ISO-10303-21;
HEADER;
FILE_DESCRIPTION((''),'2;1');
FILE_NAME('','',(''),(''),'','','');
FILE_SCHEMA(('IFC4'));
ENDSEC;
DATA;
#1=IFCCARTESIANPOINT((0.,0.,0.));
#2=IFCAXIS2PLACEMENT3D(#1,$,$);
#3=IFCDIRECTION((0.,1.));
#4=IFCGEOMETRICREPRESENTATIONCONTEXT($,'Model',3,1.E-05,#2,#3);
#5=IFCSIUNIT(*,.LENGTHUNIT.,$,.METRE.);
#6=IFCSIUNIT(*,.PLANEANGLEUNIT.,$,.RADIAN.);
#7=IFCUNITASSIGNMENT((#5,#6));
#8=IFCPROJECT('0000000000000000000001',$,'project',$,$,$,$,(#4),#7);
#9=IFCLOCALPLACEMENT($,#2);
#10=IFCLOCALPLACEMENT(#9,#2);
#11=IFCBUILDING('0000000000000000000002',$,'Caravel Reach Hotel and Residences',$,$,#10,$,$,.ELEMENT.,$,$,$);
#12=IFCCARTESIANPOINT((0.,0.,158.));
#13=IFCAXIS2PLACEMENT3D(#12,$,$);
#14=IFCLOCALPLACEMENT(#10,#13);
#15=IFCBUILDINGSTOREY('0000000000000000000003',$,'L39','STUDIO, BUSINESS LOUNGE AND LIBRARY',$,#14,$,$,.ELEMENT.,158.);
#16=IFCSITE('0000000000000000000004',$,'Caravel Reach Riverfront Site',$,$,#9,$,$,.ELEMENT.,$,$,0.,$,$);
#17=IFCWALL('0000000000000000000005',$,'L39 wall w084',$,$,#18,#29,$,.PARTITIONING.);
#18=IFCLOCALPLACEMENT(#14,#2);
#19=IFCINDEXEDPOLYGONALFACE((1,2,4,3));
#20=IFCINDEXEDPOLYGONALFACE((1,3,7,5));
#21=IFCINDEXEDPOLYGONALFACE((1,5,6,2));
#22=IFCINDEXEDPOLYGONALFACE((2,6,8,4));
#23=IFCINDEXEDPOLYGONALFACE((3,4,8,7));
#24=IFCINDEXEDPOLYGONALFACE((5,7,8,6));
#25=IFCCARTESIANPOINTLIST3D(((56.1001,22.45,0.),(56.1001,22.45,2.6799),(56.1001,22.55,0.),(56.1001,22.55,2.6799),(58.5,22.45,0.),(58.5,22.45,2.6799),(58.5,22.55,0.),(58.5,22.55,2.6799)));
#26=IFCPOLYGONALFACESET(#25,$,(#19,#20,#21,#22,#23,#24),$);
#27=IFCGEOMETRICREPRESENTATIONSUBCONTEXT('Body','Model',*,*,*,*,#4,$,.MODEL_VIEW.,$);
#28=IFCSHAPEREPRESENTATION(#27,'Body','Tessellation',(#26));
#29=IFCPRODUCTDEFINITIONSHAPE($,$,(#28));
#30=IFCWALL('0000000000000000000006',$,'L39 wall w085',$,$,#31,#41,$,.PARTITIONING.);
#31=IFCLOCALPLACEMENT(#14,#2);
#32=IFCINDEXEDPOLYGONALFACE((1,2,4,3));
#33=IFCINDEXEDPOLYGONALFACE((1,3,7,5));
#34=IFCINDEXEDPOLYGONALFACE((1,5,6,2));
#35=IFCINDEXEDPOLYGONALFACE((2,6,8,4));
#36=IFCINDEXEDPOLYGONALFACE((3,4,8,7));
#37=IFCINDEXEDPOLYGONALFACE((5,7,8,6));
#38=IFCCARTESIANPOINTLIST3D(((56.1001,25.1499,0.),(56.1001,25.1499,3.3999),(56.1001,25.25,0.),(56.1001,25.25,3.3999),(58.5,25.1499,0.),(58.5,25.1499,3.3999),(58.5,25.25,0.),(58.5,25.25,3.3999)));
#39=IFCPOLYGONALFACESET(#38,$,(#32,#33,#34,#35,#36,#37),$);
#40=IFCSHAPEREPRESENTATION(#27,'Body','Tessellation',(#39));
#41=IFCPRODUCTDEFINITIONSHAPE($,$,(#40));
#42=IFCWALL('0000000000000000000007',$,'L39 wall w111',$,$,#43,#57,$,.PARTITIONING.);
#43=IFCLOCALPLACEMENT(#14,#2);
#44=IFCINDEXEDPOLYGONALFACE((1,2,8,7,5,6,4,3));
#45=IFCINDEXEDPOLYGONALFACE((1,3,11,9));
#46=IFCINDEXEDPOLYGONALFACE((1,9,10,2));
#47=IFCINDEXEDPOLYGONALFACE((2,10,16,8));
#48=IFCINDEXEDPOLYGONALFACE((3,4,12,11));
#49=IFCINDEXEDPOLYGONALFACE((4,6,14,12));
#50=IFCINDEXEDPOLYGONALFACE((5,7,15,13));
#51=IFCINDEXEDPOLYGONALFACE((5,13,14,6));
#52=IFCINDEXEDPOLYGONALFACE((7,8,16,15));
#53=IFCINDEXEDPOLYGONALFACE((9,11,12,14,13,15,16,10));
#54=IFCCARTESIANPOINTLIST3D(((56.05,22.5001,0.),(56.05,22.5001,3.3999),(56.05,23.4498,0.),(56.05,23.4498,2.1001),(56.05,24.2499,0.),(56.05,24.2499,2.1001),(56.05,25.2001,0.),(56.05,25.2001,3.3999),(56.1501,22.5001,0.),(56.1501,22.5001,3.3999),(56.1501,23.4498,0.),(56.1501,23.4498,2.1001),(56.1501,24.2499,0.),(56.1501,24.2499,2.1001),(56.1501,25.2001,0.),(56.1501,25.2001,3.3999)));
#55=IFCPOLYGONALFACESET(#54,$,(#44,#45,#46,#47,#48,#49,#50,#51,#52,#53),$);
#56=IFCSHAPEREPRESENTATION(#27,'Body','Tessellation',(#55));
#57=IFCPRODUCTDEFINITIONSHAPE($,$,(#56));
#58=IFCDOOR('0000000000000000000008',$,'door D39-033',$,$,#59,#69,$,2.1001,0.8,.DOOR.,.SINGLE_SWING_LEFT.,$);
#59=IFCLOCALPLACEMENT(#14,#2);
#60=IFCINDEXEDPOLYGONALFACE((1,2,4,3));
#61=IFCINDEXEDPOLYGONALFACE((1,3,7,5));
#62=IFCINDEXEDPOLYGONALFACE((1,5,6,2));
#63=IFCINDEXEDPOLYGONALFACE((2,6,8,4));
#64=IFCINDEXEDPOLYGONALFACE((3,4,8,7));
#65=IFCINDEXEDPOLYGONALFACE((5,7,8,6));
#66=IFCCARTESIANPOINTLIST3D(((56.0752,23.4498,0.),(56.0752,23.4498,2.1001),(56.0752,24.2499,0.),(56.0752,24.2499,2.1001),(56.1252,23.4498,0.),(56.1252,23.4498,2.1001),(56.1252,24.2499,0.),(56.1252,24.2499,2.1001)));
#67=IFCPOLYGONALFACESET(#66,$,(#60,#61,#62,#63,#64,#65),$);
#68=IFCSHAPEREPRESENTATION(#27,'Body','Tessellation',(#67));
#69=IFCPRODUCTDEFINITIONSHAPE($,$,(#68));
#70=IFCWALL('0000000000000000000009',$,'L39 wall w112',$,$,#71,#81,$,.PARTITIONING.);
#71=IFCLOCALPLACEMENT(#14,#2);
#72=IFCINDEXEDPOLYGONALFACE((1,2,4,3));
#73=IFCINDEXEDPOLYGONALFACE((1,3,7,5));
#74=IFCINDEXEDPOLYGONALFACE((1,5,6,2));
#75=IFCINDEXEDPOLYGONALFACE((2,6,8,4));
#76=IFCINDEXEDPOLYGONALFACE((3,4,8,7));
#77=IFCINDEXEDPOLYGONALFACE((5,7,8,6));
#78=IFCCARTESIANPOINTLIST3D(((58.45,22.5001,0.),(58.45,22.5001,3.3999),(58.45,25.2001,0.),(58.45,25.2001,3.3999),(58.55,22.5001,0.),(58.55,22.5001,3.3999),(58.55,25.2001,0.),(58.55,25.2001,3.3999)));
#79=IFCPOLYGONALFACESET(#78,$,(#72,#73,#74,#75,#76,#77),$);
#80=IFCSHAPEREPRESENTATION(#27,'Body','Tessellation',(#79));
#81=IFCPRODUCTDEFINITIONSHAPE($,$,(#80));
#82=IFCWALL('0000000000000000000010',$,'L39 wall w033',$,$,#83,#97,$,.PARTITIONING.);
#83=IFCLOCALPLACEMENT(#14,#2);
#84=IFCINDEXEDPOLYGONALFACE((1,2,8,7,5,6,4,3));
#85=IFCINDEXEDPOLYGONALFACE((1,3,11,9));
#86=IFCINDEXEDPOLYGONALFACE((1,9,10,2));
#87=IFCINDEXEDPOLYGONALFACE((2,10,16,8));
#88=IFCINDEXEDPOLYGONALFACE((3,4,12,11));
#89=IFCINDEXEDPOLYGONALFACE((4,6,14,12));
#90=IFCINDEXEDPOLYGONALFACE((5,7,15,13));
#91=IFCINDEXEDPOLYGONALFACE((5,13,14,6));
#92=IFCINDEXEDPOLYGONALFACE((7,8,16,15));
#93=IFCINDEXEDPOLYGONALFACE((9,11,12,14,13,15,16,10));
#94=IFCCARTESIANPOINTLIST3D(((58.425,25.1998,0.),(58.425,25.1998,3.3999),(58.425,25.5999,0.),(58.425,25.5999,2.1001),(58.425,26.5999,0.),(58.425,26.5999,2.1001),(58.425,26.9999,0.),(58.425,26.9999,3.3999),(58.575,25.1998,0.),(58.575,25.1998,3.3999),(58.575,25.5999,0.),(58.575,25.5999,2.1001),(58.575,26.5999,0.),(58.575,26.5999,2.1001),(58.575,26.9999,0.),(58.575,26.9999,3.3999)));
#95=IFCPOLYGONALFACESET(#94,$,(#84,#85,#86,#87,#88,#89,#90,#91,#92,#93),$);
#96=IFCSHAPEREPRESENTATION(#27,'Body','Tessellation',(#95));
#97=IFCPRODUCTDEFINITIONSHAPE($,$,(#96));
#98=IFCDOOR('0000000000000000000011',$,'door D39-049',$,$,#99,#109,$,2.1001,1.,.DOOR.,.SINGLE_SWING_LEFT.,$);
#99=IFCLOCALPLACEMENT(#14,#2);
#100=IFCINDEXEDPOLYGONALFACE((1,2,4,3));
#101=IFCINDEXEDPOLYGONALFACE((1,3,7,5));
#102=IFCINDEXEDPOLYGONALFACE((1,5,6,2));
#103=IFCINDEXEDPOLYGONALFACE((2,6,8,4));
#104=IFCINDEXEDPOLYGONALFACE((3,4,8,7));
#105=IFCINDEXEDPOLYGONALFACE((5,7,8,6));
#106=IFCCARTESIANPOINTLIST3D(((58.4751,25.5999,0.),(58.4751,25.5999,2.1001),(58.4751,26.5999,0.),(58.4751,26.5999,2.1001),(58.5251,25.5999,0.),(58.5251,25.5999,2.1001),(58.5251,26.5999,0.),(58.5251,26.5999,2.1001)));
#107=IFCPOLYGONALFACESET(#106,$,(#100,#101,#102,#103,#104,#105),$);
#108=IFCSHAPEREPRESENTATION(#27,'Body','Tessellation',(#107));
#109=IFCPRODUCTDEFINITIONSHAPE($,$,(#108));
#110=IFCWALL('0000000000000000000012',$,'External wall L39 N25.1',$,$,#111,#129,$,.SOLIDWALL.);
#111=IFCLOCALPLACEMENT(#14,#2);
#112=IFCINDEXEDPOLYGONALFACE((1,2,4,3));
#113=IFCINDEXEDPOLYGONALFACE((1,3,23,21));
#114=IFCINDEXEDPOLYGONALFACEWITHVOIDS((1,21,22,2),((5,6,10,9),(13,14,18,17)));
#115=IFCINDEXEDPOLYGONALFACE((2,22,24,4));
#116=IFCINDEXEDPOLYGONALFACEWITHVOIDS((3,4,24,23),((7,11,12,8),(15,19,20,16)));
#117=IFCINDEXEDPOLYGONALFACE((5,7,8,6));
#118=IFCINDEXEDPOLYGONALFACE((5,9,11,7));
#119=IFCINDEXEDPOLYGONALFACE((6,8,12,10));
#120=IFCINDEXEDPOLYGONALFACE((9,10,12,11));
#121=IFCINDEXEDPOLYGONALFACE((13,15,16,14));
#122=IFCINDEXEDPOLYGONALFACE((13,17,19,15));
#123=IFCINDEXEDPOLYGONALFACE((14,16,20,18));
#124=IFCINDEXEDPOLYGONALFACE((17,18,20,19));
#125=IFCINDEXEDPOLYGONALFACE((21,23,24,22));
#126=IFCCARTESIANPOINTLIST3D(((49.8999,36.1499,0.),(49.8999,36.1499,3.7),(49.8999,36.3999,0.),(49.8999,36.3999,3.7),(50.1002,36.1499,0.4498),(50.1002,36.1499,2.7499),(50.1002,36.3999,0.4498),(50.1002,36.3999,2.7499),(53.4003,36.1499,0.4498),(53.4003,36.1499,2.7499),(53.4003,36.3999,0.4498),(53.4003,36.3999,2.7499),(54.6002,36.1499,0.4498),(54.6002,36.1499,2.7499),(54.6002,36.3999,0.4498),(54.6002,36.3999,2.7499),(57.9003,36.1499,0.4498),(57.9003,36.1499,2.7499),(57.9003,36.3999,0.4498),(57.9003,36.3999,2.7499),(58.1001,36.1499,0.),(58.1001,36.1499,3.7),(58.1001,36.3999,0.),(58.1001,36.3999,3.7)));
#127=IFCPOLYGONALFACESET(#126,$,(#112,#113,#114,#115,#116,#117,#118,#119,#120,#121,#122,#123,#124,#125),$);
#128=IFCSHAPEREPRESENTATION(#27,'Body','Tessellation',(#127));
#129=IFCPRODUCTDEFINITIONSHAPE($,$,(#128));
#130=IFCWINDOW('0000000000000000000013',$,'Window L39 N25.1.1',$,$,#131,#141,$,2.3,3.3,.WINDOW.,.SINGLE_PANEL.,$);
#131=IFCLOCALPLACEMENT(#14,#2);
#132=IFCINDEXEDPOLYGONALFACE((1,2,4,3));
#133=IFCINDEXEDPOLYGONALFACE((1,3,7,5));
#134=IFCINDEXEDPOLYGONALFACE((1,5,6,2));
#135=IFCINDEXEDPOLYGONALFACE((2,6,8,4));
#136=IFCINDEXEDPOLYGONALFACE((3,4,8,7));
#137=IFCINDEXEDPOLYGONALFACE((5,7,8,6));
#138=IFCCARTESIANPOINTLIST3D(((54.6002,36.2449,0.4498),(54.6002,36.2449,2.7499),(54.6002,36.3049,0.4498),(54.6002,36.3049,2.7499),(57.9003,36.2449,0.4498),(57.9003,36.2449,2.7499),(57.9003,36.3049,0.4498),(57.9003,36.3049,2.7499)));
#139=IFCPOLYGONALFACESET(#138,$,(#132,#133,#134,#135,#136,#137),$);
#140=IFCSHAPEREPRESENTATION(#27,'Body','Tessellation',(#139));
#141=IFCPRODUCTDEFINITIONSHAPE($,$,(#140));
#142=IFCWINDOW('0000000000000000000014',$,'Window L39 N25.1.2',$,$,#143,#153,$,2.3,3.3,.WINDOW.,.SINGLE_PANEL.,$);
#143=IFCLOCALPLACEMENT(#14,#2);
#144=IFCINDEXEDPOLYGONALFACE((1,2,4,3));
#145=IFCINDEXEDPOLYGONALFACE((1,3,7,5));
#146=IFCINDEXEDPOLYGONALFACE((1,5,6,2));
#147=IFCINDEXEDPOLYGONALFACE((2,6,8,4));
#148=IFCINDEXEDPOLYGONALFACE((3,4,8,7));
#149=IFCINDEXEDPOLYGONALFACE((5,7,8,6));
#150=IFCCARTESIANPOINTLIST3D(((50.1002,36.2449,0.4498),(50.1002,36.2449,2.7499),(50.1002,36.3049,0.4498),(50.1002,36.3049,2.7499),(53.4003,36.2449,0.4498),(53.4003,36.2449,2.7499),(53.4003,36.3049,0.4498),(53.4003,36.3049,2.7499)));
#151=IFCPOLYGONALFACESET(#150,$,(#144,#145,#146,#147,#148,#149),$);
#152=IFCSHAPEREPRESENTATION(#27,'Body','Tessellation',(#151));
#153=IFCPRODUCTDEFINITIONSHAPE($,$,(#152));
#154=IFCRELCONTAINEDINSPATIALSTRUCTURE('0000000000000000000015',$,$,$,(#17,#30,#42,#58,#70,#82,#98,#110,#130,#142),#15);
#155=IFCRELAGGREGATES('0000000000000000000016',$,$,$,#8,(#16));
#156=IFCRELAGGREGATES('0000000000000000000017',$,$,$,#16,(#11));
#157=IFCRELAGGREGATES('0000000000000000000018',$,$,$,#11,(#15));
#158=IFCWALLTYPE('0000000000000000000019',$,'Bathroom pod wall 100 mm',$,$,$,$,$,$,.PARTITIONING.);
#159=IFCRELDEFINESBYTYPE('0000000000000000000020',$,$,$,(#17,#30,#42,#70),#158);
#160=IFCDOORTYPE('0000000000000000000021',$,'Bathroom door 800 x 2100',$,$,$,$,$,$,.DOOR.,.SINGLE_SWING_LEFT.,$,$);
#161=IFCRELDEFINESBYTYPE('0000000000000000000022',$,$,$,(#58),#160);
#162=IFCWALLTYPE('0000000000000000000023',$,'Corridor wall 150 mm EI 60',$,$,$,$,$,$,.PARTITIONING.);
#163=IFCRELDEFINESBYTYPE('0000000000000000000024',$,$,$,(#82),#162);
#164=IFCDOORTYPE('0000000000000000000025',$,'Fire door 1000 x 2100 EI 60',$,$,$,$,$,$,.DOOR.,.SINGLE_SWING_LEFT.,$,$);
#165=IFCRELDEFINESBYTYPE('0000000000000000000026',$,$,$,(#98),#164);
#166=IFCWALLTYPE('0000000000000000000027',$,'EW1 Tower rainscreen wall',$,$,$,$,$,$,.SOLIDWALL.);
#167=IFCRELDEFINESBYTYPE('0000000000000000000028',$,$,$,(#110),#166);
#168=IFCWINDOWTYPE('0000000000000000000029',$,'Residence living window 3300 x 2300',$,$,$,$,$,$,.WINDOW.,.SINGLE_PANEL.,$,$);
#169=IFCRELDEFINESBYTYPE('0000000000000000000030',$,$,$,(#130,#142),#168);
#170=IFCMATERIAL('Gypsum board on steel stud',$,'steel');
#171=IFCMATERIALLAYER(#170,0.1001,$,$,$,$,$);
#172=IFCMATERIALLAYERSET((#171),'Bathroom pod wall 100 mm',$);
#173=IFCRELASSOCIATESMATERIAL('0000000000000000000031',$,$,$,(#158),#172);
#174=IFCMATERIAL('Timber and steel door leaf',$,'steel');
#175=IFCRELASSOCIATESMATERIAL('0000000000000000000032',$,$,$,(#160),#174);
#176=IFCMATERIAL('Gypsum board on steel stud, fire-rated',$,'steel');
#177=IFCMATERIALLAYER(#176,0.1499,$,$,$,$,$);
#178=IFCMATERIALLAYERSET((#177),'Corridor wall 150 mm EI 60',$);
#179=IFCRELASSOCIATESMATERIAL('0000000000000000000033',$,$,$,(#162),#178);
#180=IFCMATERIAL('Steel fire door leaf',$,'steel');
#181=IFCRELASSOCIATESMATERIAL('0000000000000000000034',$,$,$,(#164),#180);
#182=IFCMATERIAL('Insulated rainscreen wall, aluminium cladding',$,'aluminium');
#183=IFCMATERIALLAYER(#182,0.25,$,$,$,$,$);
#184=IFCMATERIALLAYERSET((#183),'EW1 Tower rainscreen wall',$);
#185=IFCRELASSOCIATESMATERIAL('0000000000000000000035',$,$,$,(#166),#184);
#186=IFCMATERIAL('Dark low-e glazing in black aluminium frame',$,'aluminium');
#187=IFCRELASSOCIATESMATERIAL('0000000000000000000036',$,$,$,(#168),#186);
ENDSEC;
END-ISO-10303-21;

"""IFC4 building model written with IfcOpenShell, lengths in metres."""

from ifc_helpers import new_model, si_unit, direction, frame, frame_2d, origin, place, context, subcontext, project, spatial, rectangle, extrude, material, layer, layer_set, type_object, element, fill, save


model = new_model("IFC4")

# Units and contexts
model_context = context("Model", 3, precision=1e-05, world=origin(), true_north=direction((0.0, 1.0)))
body_context = subcontext(model_context, "Body", "Model", "MODEL_VIEW")
ifc_project = project(units=[si_unit("LENGTHUNIT", "METRE"), si_unit("PLANEANGLEUNIT", "RADIAN")], contexts=[model_context])

# Site, building, storey
site_placement = place(None, origin())
site = spatial("IfcSite", under=ifc_project, at=site_placement, Name="Caravel Reach Riverfront Site", CompositionType="ELEMENT", RefElevation=0.0)
building_placement = place(site_placement, origin())
building = spatial("IfcBuilding", under=site, at=building_placement, Name="Caravel Reach Hotel and Residences", CompositionType="ELEMENT")
storey_placement = place(building_placement, frame((0.0, 0.0, 158.0)))
storey = spatial("IfcBuildingStorey", under=building, at=storey_placement, Name="L39", Description="STUDIO, BUSINESS LOUNGE AND LIBRARY", CompositionType="ELEMENT", Elevation=158.0)

# Walls
ifc_material_1 = material(Name="Gypsum board on steel stud", Category="steel")
ifc_layer_1 = layer(ifc_material_1, 0.1001)
ifc_layer_set_1 = layer_set([ifc_layer_1], Name="Bathroom pod wall 100 mm")
wall_type_1 = type_object("IfcWallType", Name="Bathroom pod wall 100 mm", PredefinedType="PARTITIONING", material=ifc_layer_set_1)
wall_1_placement = place(storey_placement, frame((56.1001, 22.5, 0.0), z_axis=(0.0, 0.0, 1.0), x_axis=(1.0, 0.0, 0.0)))
element("IfcWall", 1, at=wall_1_placement, inside=storey, type_object=wall_type_1, Name="L39 wall w084", PredefinedType="PARTITIONING", context=body_context, shape_type="SweptSolid", body=[
    extrude(rectangle(XDim=2.3999, YDim=0.1001, at=frame_2d((1.2, 0.0))), origin(), (0.0, 0.0, 1.0), 2.6799),
])
wall_2_placement = place(storey_placement, frame((56.1001, 25.2, 0.0), z_axis=(0.0, 0.0, 1.0), x_axis=(1.0, 0.0, 0.0)))
element("IfcWall", 2, at=wall_2_placement, inside=storey, type_object=wall_type_1, Name="L39 wall w085", PredefinedType="PARTITIONING", context=body_context, shape_type="SweptSolid", body=[
    extrude(rectangle(XDim=2.3999, YDim=0.1001, at=frame_2d((1.2, 0.0))), origin(), (0.0, 0.0, 1.0), 3.3999),
])

# Wall, opening, door
wall_3_placement = place(storey_placement, frame((56.1001, 22.5, 0.0), z_axis=(0.0, 0.0, 1.0), x_axis=(0.0, 1.0, 0.0)))
wall_3 = element("IfcWall", 3, at=wall_3_placement, inside=storey, type_object=wall_type_1, Name="L39 wall w111", PredefinedType="PARTITIONING", context=body_context, shape_type="SweptSolid", body=[
    extrude(rectangle(XDim=2.7, YDim=0.1001, at=frame_2d((1.3501, 0.0))), origin(), (0.0, 0.0, 1.0), 3.3999),
])
opening_1_placement = place(wall_3_placement, frame((0.95, 0.0, 0.0)))
opening_1 = element("IfcOpeningElement", 4, at=opening_1_placement, cuts=wall_3, PredefinedType="OPENING", context=body_context, shape_type="SweptSolid", body=[
    extrude(rectangle(XDim=0.8, YDim=2.1001, at=frame_2d((0.3999, 1.05))), frame((0.0, 0.0601, 0.0), z_axis=(0.0, -1.0, 0.0), x_axis=(1.0, 0.0, 0.0)), (0.0, 0.0, 1.0), 0.1201),
])
ifc_material_2 = material(Name="Timber and steel door leaf", Category="steel")
door_type_1 = type_object("IfcDoorType", Name="Bathroom door 800 x 2100", OperationType="SINGLE_SWING_LEFT", PredefinedType="DOOR", material=ifc_material_2)
door_1_placement = place(opening_1_placement, origin())
door_1 = element("IfcDoor", 5, at=door_1_placement, inside=storey, type_object=door_type_1, Name="door D39-033", OperationType="SINGLE_SWING_LEFT", OverallHeight=2.1001, OverallWidth=0.8, PredefinedType="DOOR", context=body_context, shape_type="SweptSolid", body=[
    extrude(rectangle(XDim=0.8, YDim=2.1001, at=frame_2d((0.3999, 1.05))), frame((0.0, 0.0249, 0.0), z_axis=(0.0, -1.0, 0.0), x_axis=(1.0, 0.0, 0.0)), (0.0, 0.0, 1.0), 0.05),
])
fill(opening_1, door_1)

# Wall
wall_4_placement = place(storey_placement, frame((58.5, 22.5, 0.0), z_axis=(0.0, 0.0, 1.0), x_axis=(0.0, 1.0, 0.0)))
element("IfcWall", 6, at=wall_4_placement, inside=storey, type_object=wall_type_1, Name="L39 wall w112", PredefinedType="PARTITIONING", context=body_context, shape_type="SweptSolid", body=[
    extrude(rectangle(XDim=2.7, YDim=0.1001, at=frame_2d((1.3501, 0.0))), origin(), (0.0, 0.0, 1.0), 3.3999),
])

# Wall, opening, door
ifc_material_3 = material(Name="Gypsum board on steel stud, fire-rated", Category="steel")
ifc_layer_2 = layer(ifc_material_3, 0.1499)
ifc_layer_set_2 = layer_set([ifc_layer_2], Name="Corridor wall 150 mm EI 60")
wall_type_2 = type_object("IfcWallType", Name="Corridor wall 150 mm EI 60", PredefinedType="PARTITIONING", material=ifc_layer_set_2)
wall_5_placement = place(storey_placement, frame((58.5, 25.2, 0.0), z_axis=(0.0, 0.0, 1.0), x_axis=(0.0, 1.0, 0.0)))
wall_5 = element("IfcWall", 7, at=wall_5_placement, inside=storey, type_object=wall_type_2, Name="L39 wall w033", PredefinedType="PARTITIONING", context=body_context, shape_type="SweptSolid", body=[
    extrude(rectangle(XDim=1.8, YDim=0.1499, at=frame_2d((0.8999, 0.0))), origin(), (0.0, 0.0, 1.0), 3.3999),
])
opening_2_placement = place(wall_5_placement, frame((0.3999, 0.0, 0.0)))
opening_2 = element("IfcOpeningElement", 8, at=opening_2_placement, cuts=wall_5, PredefinedType="OPENING", context=body_context, shape_type="SweptSolid", body=[
    extrude(rectangle(XDim=1.0, YDim=2.1001, at=frame_2d((0.5, 1.05))), frame((0.0, 0.085, 0.0), z_axis=(0.0, -1.0, 0.0), x_axis=(1.0, 0.0, 0.0)), (0.0, 0.0, 1.0), 0.1699),
])
ifc_material_4 = material(Name="Steel fire door leaf", Category="steel")
door_type_2 = type_object("IfcDoorType", Name="Fire door 1000 x 2100 EI 60", OperationType="SINGLE_SWING_LEFT", PredefinedType="DOOR", material=ifc_material_4)
door_2_placement = place(opening_2_placement, origin())
door_2 = element("IfcDoor", 9, at=door_2_placement, inside=storey, type_object=door_type_2, Name="door D39-049", OperationType="SINGLE_SWING_LEFT", OverallHeight=2.1001, OverallWidth=1.0, PredefinedType="DOOR", context=body_context, shape_type="SweptSolid", body=[
    extrude(rectangle(XDim=1.0, YDim=2.1001, at=frame_2d((0.5, 1.05))), frame((0.0, 0.0249, 0.0), z_axis=(0.0, -1.0, 0.0), x_axis=(1.0, 0.0, 0.0)), (0.0, 0.0, 1.0), 0.05),
])
fill(opening_2, door_2)

# Wall, openings, windows
ifc_material_5 = material(Name="Insulated rainscreen wall, aluminium cladding", Category="aluminium")
ifc_layer_3 = layer(ifc_material_5, 0.25)
ifc_layer_set_3 = layer_set([ifc_layer_3], Name="EW1 Tower rainscreen wall")
wall_type_3 = type_object("IfcWallType", Name="EW1 Tower rainscreen wall", PredefinedType="SOLIDWALL", material=ifc_layer_set_3)
wall_6_placement = place(storey_placement, frame((58.1001, 36.2749, 0.0), z_axis=(0.0, 0.0, 1.0), x_axis=(-1.0, 0.0, 0.0)))
wall_6 = element("IfcWall", 10, at=wall_6_placement, inside=storey, type_object=wall_type_3, Name="External wall L39 N25.1", PredefinedType="SOLIDWALL", context=body_context, shape_type="SweptSolid", body=[
    extrude(rectangle(XDim=8.2002, YDim=0.25, at=frame_2d((4.1001, 0.0))), origin(), (0.0, 0.0, 1.0), 3.7),
])
opening_3_placement = place(wall_6_placement, frame((0.2, 0.0, 0.45)))
opening_3 = element("IfcOpeningElement", 11, at=opening_3_placement, cuts=wall_6, PredefinedType="OPENING", context=body_context, shape_type="SweptSolid", body=[
    extrude(rectangle(XDim=3.3, YDim=2.3, at=frame_2d((1.6499, 1.1499))), frame((0.0, 0.135, 0.0), z_axis=(0.0, -1.0, 0.0), x_axis=(1.0, 0.0, 0.0)), (0.0, 0.0, 1.0), 0.27),
])
opening_4_placement = place(wall_6_placement, frame((4.7, 0.0, 0.45)))
opening_4 = element("IfcOpeningElement", 12, at=opening_4_placement, cuts=wall_6, PredefinedType="OPENING", context=body_context, shape_type="SweptSolid", body=[
    extrude(rectangle(XDim=3.3, YDim=2.3, at=frame_2d((1.6499, 1.1499))), frame((0.0, 0.135, 0.0), z_axis=(0.0, -1.0, 0.0), x_axis=(1.0, 0.0, 0.0)), (0.0, 0.0, 1.0), 0.27),
])
ifc_material_6 = material(Name="Dark low-e glazing in black aluminium frame", Category="aluminium")
window_type_1 = type_object("IfcWindowType", Name="Residence living window 3300 x 2300", PartitioningType="SINGLE_PANEL", PredefinedType="WINDOW", material=ifc_material_6)
window_1_placement = place(opening_3_placement, origin())
window_1 = element("IfcWindow", 13, at=window_1_placement, inside=storey, type_object=window_type_1, Name="Window L39 N25.1.1", OverallHeight=2.3, OverallWidth=3.3, PartitioningType="SINGLE_PANEL", PredefinedType="WINDOW", context=body_context, shape_type="SweptSolid", body=[
    extrude(rectangle(XDim=3.3, YDim=2.3, at=frame_2d((1.6499, 1.1499))), frame((0.0, 0.03, 0.0), z_axis=(0.0, -1.0, 0.0), x_axis=(1.0, 0.0, 0.0)), (0.0, 0.0, 1.0), 0.0601),
])
fill(opening_3, window_1)
window_2_placement = place(opening_4_placement, origin())
window_2 = element("IfcWindow", 14, at=window_2_placement, inside=storey, type_object=window_type_1, Name="Window L39 N25.1.2", OverallHeight=2.3, OverallWidth=3.3, PartitioningType="SINGLE_PANEL", PredefinedType="WINDOW", context=body_context, shape_type="SweptSolid", body=[
    extrude(rectangle(XDim=3.3, YDim=2.3, at=frame_2d((1.6499, 1.1499))), frame((0.0, 0.03, 0.0), z_axis=(0.0, -1.0, 0.0), x_axis=(1.0, 0.0, 0.0)), (0.0, 0.0, 1.0), 0.0601),
])
fill(opening_4, window_2)

save(model, "model.ifc")
